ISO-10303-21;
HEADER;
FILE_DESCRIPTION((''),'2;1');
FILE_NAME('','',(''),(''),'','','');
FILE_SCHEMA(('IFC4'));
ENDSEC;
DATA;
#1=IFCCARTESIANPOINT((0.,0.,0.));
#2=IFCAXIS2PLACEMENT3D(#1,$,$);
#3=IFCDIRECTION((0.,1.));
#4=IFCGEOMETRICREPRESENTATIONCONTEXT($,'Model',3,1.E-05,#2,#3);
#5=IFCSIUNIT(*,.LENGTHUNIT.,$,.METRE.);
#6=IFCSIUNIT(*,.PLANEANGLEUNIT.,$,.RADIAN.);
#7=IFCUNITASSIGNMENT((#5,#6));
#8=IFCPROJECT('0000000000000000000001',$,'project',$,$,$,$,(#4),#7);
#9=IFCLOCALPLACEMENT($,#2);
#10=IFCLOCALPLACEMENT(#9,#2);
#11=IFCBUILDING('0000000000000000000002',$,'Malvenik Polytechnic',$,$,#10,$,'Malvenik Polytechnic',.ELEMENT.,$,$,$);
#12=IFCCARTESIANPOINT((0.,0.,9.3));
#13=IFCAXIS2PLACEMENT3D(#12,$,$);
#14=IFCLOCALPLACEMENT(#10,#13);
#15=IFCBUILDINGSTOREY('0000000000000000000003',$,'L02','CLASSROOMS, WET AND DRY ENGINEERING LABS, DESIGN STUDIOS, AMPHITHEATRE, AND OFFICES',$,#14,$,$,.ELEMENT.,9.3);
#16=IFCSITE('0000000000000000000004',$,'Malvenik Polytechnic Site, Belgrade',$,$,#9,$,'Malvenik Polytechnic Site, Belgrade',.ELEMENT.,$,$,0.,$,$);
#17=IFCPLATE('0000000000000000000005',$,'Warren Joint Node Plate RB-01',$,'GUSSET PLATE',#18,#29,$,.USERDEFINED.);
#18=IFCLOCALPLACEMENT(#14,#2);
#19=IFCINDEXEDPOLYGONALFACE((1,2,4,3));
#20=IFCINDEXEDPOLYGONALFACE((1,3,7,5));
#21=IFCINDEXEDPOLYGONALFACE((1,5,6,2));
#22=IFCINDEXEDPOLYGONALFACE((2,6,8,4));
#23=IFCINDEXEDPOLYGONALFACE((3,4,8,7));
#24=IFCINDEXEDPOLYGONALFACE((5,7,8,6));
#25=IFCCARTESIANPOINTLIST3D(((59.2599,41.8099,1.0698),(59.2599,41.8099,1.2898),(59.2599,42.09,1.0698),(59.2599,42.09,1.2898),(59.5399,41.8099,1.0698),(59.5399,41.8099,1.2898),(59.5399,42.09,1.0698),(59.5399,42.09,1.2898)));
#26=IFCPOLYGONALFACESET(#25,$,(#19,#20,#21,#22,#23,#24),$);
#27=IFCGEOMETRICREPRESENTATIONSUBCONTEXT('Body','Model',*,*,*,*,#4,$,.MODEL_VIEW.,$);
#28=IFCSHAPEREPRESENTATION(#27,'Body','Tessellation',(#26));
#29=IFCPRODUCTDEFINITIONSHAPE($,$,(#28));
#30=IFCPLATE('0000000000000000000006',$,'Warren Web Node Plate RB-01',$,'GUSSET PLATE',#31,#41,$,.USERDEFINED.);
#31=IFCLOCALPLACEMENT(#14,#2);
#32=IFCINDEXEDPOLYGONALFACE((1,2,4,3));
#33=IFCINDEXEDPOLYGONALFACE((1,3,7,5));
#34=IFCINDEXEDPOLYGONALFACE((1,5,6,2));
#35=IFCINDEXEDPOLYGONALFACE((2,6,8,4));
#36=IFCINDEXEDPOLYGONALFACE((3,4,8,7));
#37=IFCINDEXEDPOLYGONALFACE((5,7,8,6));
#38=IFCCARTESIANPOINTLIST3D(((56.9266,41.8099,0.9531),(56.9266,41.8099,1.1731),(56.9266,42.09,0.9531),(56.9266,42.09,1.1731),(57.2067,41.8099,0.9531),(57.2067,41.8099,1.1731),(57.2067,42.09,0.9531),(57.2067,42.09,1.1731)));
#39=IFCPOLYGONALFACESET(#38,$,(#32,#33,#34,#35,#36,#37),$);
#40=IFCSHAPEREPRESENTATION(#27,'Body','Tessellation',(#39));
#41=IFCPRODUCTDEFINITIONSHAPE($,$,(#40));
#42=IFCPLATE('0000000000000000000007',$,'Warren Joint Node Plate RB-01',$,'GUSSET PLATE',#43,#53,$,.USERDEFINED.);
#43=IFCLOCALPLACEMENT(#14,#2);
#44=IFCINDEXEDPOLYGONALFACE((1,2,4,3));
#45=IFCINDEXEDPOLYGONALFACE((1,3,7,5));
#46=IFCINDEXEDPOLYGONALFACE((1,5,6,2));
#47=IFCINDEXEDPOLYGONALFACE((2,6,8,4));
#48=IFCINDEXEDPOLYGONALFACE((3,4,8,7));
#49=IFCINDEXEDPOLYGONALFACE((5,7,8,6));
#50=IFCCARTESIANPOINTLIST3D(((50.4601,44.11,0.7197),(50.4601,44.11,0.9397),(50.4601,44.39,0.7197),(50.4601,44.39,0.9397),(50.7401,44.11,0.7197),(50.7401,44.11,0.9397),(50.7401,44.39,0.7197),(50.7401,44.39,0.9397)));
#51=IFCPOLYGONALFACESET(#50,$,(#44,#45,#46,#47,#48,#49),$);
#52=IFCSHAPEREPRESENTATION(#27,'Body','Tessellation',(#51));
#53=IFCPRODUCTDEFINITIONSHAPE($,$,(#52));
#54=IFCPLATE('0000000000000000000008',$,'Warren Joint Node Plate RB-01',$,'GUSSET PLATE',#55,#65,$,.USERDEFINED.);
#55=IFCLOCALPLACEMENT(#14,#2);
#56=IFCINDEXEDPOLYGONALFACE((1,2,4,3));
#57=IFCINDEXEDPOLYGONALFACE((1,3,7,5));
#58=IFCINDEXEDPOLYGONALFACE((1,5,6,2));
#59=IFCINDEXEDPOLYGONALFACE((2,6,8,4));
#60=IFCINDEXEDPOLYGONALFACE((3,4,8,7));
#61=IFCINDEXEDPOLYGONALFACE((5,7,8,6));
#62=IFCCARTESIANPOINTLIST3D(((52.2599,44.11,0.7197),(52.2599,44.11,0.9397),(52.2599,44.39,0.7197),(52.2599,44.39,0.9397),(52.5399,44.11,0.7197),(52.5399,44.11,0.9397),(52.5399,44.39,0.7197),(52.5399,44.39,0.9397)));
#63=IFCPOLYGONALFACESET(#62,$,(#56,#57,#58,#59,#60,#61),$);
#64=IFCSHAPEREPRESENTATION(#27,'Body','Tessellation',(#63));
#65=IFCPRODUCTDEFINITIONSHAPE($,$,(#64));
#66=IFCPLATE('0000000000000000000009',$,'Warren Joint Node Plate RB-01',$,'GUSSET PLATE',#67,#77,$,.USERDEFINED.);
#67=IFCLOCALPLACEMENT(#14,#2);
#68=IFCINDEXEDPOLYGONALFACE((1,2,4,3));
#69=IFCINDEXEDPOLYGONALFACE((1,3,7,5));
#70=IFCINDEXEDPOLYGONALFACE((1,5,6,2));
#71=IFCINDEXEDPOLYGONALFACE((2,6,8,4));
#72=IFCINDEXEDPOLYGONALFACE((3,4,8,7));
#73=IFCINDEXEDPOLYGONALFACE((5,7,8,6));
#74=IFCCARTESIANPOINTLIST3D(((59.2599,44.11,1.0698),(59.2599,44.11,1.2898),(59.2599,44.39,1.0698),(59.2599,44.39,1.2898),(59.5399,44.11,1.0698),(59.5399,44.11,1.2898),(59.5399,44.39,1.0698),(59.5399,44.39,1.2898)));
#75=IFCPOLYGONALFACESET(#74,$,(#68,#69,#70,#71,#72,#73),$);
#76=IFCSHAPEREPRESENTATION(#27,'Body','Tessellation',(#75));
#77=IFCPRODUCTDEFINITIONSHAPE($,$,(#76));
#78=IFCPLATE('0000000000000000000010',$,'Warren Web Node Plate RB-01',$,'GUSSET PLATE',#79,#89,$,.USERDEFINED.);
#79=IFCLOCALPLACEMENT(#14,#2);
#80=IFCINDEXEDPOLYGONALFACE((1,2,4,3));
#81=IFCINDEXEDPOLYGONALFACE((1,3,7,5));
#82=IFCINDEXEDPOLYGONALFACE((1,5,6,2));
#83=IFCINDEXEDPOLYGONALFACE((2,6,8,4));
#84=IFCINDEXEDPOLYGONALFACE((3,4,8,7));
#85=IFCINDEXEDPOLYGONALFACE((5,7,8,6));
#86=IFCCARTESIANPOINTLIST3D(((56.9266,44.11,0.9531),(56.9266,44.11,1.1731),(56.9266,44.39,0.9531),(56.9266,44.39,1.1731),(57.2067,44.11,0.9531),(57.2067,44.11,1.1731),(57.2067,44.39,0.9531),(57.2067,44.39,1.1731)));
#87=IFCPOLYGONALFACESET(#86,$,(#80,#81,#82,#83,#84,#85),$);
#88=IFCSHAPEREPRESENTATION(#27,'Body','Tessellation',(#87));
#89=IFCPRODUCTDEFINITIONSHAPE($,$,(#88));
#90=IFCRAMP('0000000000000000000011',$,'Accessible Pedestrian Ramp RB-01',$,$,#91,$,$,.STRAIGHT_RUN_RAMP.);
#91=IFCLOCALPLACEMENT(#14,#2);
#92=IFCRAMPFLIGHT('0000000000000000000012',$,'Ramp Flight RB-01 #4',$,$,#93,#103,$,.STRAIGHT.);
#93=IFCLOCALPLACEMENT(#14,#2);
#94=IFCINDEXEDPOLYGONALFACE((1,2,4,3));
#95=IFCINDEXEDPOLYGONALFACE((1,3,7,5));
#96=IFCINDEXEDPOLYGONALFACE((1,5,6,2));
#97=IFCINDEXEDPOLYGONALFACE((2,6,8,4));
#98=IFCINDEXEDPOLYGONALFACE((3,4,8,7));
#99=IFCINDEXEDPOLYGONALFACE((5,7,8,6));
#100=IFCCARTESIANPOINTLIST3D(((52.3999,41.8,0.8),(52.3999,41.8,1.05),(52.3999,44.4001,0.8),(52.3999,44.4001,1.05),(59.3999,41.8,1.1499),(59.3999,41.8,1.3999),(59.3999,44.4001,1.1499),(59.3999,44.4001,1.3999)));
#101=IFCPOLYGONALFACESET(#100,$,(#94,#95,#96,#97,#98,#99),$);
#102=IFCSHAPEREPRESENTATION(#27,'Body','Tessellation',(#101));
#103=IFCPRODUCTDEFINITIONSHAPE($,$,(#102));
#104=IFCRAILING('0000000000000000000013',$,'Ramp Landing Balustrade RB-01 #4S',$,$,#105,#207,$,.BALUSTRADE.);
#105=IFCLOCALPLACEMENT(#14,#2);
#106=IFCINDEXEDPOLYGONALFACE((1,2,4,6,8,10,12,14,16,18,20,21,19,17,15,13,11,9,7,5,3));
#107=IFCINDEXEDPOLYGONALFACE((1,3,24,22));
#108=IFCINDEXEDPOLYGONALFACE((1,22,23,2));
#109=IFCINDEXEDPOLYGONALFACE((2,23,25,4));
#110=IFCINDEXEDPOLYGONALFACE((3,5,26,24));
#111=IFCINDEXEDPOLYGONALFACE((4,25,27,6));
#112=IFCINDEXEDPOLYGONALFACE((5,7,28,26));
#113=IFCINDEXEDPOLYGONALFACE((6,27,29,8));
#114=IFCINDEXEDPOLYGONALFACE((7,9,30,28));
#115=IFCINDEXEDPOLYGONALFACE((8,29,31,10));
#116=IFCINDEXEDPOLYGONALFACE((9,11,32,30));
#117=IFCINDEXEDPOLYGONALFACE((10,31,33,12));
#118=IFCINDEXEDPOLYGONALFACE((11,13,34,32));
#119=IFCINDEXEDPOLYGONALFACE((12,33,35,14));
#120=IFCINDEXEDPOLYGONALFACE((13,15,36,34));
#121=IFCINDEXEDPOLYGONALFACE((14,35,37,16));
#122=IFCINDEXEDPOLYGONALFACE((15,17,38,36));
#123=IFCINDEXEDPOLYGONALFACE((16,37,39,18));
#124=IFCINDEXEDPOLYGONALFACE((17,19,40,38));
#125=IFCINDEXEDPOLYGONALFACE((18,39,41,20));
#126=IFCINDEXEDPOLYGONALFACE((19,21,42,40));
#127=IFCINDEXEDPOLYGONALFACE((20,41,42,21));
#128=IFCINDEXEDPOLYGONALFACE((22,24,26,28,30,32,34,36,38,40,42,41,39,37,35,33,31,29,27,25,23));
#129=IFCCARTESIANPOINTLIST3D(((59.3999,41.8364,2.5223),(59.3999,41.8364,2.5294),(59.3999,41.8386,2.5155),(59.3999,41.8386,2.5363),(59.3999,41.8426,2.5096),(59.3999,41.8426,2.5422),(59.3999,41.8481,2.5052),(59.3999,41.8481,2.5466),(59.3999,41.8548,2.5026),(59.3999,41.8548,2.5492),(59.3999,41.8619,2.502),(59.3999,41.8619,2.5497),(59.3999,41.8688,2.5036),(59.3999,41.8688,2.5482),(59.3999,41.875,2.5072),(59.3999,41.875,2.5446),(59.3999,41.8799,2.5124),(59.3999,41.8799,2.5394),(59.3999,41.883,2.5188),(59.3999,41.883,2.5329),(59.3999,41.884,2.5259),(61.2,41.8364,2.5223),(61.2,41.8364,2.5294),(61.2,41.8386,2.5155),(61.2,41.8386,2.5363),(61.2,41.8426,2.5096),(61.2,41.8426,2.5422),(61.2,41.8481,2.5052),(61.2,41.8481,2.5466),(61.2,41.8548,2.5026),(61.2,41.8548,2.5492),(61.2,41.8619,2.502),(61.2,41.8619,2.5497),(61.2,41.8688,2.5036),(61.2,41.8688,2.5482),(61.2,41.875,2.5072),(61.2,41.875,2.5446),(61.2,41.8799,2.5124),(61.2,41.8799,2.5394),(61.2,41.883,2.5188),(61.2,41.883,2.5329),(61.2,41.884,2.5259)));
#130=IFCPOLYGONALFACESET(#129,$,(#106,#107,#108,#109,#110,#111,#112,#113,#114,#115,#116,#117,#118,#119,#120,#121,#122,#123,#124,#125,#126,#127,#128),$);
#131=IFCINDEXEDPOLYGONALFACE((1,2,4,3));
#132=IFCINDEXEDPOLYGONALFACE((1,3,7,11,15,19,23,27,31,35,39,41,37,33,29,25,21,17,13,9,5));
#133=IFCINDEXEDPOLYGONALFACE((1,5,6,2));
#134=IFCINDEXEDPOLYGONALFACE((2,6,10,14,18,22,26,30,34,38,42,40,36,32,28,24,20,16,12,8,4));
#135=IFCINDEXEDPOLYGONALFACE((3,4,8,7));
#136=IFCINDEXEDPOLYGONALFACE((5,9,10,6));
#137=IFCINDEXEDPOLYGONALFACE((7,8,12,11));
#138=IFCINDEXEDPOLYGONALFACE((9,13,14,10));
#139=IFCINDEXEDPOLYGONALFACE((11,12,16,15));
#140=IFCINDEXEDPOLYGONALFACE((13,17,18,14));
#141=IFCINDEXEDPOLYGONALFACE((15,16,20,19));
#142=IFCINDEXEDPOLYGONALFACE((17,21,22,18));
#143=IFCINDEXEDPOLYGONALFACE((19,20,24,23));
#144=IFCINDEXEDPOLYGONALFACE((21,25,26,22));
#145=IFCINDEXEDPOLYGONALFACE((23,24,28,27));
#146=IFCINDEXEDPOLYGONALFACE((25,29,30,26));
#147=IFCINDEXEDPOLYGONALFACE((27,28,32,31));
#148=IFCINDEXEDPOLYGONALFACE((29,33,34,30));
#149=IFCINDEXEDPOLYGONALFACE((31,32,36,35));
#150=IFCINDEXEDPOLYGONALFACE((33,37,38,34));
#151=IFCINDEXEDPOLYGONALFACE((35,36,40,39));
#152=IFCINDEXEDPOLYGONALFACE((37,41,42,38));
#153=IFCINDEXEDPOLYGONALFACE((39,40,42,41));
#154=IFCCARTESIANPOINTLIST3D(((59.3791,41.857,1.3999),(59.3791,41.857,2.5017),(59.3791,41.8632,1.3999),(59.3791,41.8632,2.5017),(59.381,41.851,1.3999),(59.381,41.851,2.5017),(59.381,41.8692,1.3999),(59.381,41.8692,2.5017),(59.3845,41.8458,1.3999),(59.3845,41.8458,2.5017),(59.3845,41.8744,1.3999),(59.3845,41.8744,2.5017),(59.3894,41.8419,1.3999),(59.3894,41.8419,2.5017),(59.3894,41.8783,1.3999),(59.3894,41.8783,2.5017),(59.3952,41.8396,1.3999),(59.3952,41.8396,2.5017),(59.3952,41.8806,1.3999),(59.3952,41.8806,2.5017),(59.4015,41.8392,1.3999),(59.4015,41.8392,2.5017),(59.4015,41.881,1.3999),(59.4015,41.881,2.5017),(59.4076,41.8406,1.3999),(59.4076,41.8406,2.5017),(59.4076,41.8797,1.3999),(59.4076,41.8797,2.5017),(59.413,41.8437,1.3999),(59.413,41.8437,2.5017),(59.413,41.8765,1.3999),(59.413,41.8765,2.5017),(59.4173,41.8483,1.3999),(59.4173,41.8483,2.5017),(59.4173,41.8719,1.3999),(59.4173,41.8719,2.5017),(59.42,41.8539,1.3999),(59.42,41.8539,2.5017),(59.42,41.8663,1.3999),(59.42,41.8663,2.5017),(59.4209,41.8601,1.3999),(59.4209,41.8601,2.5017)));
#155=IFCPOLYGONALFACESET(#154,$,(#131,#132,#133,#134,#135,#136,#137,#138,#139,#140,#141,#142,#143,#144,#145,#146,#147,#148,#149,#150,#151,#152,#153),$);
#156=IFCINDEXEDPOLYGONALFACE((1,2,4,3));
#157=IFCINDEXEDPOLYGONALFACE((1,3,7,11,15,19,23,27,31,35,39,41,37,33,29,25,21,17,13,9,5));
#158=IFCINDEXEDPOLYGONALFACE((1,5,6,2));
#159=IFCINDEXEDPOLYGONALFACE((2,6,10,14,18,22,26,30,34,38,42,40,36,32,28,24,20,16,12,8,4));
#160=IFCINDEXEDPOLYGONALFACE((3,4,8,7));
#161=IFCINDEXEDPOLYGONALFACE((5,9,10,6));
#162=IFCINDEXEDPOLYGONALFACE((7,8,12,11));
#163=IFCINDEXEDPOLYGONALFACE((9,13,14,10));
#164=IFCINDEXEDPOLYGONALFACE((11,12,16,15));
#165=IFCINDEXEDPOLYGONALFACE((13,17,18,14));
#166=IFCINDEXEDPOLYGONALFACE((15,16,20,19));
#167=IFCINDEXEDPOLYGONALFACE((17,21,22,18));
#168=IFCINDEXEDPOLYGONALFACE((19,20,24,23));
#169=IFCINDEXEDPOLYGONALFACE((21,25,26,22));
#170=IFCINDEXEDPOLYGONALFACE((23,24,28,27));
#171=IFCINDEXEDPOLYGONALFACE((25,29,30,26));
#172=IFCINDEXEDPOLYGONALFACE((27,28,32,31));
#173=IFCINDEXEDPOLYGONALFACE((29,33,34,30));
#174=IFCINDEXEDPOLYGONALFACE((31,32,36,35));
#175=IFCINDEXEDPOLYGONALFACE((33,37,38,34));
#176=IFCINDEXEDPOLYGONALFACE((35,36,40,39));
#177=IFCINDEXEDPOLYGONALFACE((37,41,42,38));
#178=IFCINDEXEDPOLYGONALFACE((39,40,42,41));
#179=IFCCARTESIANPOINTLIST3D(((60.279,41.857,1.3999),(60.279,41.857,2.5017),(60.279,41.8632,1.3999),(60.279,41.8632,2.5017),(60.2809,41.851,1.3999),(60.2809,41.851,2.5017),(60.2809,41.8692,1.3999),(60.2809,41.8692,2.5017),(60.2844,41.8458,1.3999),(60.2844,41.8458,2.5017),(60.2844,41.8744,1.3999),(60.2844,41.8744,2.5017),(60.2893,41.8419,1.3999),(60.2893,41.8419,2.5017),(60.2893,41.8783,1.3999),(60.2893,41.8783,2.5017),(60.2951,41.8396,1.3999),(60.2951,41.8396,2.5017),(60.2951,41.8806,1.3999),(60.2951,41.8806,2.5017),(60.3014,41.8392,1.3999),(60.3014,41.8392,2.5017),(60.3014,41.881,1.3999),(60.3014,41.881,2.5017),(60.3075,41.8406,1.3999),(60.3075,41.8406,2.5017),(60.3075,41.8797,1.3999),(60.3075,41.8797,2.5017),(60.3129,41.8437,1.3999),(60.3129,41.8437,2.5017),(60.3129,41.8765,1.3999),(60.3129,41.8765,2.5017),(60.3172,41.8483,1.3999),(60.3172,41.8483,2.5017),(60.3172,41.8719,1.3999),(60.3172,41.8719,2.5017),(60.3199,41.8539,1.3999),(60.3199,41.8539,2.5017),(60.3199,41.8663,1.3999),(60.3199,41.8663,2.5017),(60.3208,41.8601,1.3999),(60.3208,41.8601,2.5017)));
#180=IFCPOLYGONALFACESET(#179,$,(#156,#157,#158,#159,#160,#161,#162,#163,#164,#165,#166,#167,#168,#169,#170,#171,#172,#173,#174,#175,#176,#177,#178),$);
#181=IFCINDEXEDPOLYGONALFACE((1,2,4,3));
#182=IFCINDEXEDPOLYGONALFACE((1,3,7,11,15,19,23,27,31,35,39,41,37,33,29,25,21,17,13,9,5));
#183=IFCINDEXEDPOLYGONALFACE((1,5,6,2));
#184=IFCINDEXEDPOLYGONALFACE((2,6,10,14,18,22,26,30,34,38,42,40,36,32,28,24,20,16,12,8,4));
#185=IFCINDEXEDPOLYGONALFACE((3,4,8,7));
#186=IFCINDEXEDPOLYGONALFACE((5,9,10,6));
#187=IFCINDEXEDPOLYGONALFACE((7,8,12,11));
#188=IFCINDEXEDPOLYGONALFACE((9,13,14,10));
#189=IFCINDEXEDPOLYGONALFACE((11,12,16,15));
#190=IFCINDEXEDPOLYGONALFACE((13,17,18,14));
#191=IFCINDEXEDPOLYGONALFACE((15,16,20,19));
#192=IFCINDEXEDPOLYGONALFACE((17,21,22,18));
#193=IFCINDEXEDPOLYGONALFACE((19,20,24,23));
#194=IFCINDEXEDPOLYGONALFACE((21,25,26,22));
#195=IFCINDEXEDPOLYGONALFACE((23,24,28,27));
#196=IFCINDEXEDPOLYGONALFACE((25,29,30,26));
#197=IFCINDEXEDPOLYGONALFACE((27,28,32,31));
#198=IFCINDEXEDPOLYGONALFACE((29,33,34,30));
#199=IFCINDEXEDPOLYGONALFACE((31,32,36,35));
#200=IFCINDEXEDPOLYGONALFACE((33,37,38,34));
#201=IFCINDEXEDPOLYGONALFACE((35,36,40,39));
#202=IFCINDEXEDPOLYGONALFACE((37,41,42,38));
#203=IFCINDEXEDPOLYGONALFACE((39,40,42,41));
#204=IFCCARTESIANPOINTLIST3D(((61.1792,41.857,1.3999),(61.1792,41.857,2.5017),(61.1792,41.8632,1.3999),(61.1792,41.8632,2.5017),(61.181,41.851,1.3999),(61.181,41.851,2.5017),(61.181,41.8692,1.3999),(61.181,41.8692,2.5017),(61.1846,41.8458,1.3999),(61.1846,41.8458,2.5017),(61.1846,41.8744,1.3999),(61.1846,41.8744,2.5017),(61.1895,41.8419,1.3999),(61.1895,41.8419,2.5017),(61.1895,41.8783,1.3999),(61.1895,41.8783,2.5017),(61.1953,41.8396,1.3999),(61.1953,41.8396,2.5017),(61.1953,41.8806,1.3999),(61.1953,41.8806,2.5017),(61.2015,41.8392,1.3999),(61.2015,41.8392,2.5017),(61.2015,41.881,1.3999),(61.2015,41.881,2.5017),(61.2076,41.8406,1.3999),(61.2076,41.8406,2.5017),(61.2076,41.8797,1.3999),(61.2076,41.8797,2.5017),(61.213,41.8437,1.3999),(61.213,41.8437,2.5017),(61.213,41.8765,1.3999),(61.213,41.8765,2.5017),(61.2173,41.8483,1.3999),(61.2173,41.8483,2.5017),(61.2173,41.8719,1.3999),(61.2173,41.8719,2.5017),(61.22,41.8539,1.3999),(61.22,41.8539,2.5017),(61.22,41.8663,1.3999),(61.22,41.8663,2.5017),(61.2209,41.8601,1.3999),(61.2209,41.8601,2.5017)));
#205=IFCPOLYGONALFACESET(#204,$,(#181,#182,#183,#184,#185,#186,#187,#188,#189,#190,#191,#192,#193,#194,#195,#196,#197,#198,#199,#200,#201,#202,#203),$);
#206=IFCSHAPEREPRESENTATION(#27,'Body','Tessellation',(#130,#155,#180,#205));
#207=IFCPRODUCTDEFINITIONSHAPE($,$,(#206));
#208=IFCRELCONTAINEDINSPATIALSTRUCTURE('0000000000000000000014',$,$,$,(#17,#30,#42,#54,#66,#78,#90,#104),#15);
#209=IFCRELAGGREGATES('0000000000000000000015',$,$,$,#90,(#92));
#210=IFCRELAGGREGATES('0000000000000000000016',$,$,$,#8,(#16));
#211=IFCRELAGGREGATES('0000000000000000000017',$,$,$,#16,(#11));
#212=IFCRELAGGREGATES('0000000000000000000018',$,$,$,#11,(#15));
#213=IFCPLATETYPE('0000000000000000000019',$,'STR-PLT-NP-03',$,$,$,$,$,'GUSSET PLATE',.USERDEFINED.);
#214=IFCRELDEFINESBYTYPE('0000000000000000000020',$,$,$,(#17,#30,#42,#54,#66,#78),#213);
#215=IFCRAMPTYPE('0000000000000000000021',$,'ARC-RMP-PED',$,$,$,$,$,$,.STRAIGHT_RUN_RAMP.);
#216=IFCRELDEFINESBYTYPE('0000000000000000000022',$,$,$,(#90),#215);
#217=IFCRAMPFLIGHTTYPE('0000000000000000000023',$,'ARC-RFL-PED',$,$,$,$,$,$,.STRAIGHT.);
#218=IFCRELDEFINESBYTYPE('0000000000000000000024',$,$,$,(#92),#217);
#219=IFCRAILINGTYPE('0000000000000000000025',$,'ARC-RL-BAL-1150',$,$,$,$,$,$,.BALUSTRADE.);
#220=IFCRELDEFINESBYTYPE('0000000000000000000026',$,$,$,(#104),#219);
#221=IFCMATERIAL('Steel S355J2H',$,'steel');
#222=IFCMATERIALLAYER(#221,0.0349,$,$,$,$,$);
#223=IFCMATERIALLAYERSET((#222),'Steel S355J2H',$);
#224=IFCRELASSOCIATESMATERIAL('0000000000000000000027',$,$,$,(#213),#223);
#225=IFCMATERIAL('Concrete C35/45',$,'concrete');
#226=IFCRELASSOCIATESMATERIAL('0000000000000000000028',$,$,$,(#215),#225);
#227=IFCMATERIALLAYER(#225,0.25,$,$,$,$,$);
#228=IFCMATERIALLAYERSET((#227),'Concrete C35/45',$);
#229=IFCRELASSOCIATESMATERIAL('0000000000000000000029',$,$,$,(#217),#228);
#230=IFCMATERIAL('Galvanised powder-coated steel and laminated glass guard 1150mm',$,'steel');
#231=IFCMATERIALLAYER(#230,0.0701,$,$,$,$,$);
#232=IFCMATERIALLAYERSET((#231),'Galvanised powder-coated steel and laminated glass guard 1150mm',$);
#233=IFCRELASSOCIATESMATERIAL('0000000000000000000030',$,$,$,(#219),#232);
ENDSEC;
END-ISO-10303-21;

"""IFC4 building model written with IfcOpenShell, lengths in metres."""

from ifc_helpers import new_model, si_unit, direction, frame, origin, origin_2d, place, context, subcontext, project, spatial, polyline, rectangle, circle, outline, extrude, material, layer, layer_set, type_object, element, aggregate, save


model = new_model("IFC4")

# Units and contexts
model_context = context("Model", 3, precision=1e-05, world=origin(), true_north=direction((0.0, 1.0)))
body_context = subcontext(model_context, "Body", "Model", "MODEL_VIEW")
ifc_project = project(units=[si_unit("LENGTHUNIT", "METRE"), si_unit("PLANEANGLEUNIT", "RADIAN")], contexts=[model_context])

# Site, building, storey
site_placement = place(None, origin())
site = spatial("IfcSite", under=ifc_project, at=site_placement, Name="Malvenik Polytechnic Site, Belgrade", LongName="Malvenik Polytechnic Site, Belgrade", CompositionType="ELEMENT", RefElevation=0.0)
building_placement = place(site_placement, origin())
building = spatial("IfcBuilding", under=site, at=building_placement, Name="Malvenik Polytechnic", LongName="Malvenik Polytechnic", CompositionType="ELEMENT")
storey_placement = place(building_placement, frame((0.0, 0.0, 9.3)))
storey = spatial("IfcBuildingStorey", under=building, at=storey_placement, Name="L02", Description="CLASSROOMS, WET AND DRY ENGINEERING LABS, DESIGN STUDIOS, AMPHITHEATRE, AND OFFICES", CompositionType="ELEMENT", Elevation=9.3)

# Shared definitions
ifc_material_1 = material(Name="Steel S355J2H", Category="steel")

# Plates
ifc_layer_1 = layer(ifc_material_1, 0.0349)
ifc_layer_set_1 = layer_set([ifc_layer_1], Name="Steel S355J2H")
plate_type = type_object("IfcPlateType", Name="STR-PLT-NP-03", ElementType="GUSSET PLATE", PredefinedType="USERDEFINED", material=ifc_layer_set_1)
for number, where, z_axis, x_axis, name in (
    (1, (59.3999, 41.95, 1.0698), (0.0, 0.0, 1.0), (1.0, 0.0, 0.0), "Warren Joint Node Plate RB-01"),
    (2, (57.0667, 41.95, 0.9531), (0.0, 0.0, 1.0), (1.0, 0.0, 0.0), "Warren Web Node Plate RB-01"),
    (3, (50.6001, 44.25, 0.7197), (0.0, 0.0, 1.0), (1.0, 0.0, 0.0), "Warren Joint Node Plate RB-01"),
    (4, (52.3999, 44.25, 0.7197), (0.0, 0.0, 1.0), (1.0, 0.0, 0.0), "Warren Joint Node Plate RB-01"),
    (5, (59.3999, 44.25, 1.0698), (0.0, 0.0, 1.0), (1.0, 0.0, 0.0), "Warren Joint Node Plate RB-01"),
    (6, (57.0667, 44.25, 0.9531), (0.0, 0.0, 1.0), (1.0, 0.0, 0.0), "Warren Web Node Plate RB-01"),
):
    element("IfcPlate", number, at=place(storey_placement, frame(where, z_axis=z_axis, x_axis=x_axis)), inside=storey, type_object=plate_type, Name=name, ObjectType="GUSSET PLATE", PredefinedType="USERDEFINED", context=body_context, shape_type="SweptSolid", body=[
        extrude(rectangle(XDim=0.28, YDim=0.28, at=origin_2d()), origin(), (0.0, 0.0, 1.0), 0.22),
    ])

# Ramp, ramp flight
ifc_material_2 = material(Name="Concrete C35/45", Category="concrete")
ramp_type = type_object("IfcRampType", Name="ARC-RMP-PED", PredefinedType="STRAIGHT_RUN_RAMP", material=ifc_material_2)
ramp_placement = place(storey_placement, origin())
ramp = element("IfcRamp", 7, at=ramp_placement, inside=storey, type_object=ramp_type, Name="Accessible Pedestrian Ramp RB-01", PredefinedType="STRAIGHT_RUN_RAMP")
ifc_layer_2 = layer(ifc_material_2, 0.25)
ifc_layer_set_2 = layer_set([ifc_layer_2], Name="Concrete C35/45")
ramp_flight_type = type_object("IfcRampFlightType", Name="ARC-RFL-PED", PredefinedType="STRAIGHT", material=ifc_layer_set_2)
ramp_flight_placement = place(storey_placement, frame((52.3999, 43.1001, 1.05), z_axis=(0.0, 0.0, 1.0), x_axis=(1.0, 0.0, 0.0)))
ramp_flight = element("IfcRampFlight", 8, at=ramp_flight_placement, type_object=ramp_flight_type, Name="Ramp Flight RB-01 #4", PredefinedType="STRAIGHT", context=body_context, shape_type="SweptSolid", body=[
    extrude(outline(polyline([(0.0, -0.25), (7.0, 0.0999), (7.0, 0.3499), (0.0, 0.0), (0.0, -0.25)])), frame((0.0, 1.3, 0.0), z_axis=(0.0, -1.0, 0.0), x_axis=(1.0, 0.0, 0.0)), (0.0, 0.0, 1.0), 2.6001),
])
aggregate(ramp, [ramp_flight])

# Railing
ifc_material_3 = material(Name="Galvanised powder-coated steel and laminated glass guard 1150mm", Category="steel")
ifc_layer_3 = layer(ifc_material_3, 0.0701)
ifc_layer_set_3 = layer_set([ifc_layer_3], Name="Galvanised powder-coated steel and laminated glass guard 1150mm")
railing_type_1 = type_object("IfcRailingType", Name="ARC-RL-BAL-1150", PredefinedType="BALUSTRADE", material=ifc_layer_set_3)
railing_1_placement = place(storey_placement, frame((59.3999, 41.8601, 1.3999)))
element("IfcRailing", 9, at=railing_1_placement, inside=storey, type_object=railing_type_1, Name="Ramp Landing Balustrade RB-01 #4S", PredefinedType="BALUSTRADE", context=body_context, shape_type="SweptSolid", body=[
    extrude(circle(Radius=0.0239, at=origin_2d()), frame((0.0, 0.0, 1.126), z_axis=(1.0, 0.0, 0.0), x_axis=(0.0, 1.0, 0.0)), (0.0, 0.0, 1.0), 1.8),
    extrude(circle(Radius=0.021, at=origin_2d()), origin(), (0.0, 0.0, 1.0), 1.1018),
    extrude(circle(Radius=0.021, at=origin_2d()), frame((0.8999, 0.0, 0.0)), (0.0, 0.0, 1.0), 1.1018),
    extrude(circle(Radius=0.021, at=origin_2d()), frame((1.8, 0.0, 0.0)), (0.0, 0.0, 1.0), 1.1018),
])

save(model, "model.ifc")
